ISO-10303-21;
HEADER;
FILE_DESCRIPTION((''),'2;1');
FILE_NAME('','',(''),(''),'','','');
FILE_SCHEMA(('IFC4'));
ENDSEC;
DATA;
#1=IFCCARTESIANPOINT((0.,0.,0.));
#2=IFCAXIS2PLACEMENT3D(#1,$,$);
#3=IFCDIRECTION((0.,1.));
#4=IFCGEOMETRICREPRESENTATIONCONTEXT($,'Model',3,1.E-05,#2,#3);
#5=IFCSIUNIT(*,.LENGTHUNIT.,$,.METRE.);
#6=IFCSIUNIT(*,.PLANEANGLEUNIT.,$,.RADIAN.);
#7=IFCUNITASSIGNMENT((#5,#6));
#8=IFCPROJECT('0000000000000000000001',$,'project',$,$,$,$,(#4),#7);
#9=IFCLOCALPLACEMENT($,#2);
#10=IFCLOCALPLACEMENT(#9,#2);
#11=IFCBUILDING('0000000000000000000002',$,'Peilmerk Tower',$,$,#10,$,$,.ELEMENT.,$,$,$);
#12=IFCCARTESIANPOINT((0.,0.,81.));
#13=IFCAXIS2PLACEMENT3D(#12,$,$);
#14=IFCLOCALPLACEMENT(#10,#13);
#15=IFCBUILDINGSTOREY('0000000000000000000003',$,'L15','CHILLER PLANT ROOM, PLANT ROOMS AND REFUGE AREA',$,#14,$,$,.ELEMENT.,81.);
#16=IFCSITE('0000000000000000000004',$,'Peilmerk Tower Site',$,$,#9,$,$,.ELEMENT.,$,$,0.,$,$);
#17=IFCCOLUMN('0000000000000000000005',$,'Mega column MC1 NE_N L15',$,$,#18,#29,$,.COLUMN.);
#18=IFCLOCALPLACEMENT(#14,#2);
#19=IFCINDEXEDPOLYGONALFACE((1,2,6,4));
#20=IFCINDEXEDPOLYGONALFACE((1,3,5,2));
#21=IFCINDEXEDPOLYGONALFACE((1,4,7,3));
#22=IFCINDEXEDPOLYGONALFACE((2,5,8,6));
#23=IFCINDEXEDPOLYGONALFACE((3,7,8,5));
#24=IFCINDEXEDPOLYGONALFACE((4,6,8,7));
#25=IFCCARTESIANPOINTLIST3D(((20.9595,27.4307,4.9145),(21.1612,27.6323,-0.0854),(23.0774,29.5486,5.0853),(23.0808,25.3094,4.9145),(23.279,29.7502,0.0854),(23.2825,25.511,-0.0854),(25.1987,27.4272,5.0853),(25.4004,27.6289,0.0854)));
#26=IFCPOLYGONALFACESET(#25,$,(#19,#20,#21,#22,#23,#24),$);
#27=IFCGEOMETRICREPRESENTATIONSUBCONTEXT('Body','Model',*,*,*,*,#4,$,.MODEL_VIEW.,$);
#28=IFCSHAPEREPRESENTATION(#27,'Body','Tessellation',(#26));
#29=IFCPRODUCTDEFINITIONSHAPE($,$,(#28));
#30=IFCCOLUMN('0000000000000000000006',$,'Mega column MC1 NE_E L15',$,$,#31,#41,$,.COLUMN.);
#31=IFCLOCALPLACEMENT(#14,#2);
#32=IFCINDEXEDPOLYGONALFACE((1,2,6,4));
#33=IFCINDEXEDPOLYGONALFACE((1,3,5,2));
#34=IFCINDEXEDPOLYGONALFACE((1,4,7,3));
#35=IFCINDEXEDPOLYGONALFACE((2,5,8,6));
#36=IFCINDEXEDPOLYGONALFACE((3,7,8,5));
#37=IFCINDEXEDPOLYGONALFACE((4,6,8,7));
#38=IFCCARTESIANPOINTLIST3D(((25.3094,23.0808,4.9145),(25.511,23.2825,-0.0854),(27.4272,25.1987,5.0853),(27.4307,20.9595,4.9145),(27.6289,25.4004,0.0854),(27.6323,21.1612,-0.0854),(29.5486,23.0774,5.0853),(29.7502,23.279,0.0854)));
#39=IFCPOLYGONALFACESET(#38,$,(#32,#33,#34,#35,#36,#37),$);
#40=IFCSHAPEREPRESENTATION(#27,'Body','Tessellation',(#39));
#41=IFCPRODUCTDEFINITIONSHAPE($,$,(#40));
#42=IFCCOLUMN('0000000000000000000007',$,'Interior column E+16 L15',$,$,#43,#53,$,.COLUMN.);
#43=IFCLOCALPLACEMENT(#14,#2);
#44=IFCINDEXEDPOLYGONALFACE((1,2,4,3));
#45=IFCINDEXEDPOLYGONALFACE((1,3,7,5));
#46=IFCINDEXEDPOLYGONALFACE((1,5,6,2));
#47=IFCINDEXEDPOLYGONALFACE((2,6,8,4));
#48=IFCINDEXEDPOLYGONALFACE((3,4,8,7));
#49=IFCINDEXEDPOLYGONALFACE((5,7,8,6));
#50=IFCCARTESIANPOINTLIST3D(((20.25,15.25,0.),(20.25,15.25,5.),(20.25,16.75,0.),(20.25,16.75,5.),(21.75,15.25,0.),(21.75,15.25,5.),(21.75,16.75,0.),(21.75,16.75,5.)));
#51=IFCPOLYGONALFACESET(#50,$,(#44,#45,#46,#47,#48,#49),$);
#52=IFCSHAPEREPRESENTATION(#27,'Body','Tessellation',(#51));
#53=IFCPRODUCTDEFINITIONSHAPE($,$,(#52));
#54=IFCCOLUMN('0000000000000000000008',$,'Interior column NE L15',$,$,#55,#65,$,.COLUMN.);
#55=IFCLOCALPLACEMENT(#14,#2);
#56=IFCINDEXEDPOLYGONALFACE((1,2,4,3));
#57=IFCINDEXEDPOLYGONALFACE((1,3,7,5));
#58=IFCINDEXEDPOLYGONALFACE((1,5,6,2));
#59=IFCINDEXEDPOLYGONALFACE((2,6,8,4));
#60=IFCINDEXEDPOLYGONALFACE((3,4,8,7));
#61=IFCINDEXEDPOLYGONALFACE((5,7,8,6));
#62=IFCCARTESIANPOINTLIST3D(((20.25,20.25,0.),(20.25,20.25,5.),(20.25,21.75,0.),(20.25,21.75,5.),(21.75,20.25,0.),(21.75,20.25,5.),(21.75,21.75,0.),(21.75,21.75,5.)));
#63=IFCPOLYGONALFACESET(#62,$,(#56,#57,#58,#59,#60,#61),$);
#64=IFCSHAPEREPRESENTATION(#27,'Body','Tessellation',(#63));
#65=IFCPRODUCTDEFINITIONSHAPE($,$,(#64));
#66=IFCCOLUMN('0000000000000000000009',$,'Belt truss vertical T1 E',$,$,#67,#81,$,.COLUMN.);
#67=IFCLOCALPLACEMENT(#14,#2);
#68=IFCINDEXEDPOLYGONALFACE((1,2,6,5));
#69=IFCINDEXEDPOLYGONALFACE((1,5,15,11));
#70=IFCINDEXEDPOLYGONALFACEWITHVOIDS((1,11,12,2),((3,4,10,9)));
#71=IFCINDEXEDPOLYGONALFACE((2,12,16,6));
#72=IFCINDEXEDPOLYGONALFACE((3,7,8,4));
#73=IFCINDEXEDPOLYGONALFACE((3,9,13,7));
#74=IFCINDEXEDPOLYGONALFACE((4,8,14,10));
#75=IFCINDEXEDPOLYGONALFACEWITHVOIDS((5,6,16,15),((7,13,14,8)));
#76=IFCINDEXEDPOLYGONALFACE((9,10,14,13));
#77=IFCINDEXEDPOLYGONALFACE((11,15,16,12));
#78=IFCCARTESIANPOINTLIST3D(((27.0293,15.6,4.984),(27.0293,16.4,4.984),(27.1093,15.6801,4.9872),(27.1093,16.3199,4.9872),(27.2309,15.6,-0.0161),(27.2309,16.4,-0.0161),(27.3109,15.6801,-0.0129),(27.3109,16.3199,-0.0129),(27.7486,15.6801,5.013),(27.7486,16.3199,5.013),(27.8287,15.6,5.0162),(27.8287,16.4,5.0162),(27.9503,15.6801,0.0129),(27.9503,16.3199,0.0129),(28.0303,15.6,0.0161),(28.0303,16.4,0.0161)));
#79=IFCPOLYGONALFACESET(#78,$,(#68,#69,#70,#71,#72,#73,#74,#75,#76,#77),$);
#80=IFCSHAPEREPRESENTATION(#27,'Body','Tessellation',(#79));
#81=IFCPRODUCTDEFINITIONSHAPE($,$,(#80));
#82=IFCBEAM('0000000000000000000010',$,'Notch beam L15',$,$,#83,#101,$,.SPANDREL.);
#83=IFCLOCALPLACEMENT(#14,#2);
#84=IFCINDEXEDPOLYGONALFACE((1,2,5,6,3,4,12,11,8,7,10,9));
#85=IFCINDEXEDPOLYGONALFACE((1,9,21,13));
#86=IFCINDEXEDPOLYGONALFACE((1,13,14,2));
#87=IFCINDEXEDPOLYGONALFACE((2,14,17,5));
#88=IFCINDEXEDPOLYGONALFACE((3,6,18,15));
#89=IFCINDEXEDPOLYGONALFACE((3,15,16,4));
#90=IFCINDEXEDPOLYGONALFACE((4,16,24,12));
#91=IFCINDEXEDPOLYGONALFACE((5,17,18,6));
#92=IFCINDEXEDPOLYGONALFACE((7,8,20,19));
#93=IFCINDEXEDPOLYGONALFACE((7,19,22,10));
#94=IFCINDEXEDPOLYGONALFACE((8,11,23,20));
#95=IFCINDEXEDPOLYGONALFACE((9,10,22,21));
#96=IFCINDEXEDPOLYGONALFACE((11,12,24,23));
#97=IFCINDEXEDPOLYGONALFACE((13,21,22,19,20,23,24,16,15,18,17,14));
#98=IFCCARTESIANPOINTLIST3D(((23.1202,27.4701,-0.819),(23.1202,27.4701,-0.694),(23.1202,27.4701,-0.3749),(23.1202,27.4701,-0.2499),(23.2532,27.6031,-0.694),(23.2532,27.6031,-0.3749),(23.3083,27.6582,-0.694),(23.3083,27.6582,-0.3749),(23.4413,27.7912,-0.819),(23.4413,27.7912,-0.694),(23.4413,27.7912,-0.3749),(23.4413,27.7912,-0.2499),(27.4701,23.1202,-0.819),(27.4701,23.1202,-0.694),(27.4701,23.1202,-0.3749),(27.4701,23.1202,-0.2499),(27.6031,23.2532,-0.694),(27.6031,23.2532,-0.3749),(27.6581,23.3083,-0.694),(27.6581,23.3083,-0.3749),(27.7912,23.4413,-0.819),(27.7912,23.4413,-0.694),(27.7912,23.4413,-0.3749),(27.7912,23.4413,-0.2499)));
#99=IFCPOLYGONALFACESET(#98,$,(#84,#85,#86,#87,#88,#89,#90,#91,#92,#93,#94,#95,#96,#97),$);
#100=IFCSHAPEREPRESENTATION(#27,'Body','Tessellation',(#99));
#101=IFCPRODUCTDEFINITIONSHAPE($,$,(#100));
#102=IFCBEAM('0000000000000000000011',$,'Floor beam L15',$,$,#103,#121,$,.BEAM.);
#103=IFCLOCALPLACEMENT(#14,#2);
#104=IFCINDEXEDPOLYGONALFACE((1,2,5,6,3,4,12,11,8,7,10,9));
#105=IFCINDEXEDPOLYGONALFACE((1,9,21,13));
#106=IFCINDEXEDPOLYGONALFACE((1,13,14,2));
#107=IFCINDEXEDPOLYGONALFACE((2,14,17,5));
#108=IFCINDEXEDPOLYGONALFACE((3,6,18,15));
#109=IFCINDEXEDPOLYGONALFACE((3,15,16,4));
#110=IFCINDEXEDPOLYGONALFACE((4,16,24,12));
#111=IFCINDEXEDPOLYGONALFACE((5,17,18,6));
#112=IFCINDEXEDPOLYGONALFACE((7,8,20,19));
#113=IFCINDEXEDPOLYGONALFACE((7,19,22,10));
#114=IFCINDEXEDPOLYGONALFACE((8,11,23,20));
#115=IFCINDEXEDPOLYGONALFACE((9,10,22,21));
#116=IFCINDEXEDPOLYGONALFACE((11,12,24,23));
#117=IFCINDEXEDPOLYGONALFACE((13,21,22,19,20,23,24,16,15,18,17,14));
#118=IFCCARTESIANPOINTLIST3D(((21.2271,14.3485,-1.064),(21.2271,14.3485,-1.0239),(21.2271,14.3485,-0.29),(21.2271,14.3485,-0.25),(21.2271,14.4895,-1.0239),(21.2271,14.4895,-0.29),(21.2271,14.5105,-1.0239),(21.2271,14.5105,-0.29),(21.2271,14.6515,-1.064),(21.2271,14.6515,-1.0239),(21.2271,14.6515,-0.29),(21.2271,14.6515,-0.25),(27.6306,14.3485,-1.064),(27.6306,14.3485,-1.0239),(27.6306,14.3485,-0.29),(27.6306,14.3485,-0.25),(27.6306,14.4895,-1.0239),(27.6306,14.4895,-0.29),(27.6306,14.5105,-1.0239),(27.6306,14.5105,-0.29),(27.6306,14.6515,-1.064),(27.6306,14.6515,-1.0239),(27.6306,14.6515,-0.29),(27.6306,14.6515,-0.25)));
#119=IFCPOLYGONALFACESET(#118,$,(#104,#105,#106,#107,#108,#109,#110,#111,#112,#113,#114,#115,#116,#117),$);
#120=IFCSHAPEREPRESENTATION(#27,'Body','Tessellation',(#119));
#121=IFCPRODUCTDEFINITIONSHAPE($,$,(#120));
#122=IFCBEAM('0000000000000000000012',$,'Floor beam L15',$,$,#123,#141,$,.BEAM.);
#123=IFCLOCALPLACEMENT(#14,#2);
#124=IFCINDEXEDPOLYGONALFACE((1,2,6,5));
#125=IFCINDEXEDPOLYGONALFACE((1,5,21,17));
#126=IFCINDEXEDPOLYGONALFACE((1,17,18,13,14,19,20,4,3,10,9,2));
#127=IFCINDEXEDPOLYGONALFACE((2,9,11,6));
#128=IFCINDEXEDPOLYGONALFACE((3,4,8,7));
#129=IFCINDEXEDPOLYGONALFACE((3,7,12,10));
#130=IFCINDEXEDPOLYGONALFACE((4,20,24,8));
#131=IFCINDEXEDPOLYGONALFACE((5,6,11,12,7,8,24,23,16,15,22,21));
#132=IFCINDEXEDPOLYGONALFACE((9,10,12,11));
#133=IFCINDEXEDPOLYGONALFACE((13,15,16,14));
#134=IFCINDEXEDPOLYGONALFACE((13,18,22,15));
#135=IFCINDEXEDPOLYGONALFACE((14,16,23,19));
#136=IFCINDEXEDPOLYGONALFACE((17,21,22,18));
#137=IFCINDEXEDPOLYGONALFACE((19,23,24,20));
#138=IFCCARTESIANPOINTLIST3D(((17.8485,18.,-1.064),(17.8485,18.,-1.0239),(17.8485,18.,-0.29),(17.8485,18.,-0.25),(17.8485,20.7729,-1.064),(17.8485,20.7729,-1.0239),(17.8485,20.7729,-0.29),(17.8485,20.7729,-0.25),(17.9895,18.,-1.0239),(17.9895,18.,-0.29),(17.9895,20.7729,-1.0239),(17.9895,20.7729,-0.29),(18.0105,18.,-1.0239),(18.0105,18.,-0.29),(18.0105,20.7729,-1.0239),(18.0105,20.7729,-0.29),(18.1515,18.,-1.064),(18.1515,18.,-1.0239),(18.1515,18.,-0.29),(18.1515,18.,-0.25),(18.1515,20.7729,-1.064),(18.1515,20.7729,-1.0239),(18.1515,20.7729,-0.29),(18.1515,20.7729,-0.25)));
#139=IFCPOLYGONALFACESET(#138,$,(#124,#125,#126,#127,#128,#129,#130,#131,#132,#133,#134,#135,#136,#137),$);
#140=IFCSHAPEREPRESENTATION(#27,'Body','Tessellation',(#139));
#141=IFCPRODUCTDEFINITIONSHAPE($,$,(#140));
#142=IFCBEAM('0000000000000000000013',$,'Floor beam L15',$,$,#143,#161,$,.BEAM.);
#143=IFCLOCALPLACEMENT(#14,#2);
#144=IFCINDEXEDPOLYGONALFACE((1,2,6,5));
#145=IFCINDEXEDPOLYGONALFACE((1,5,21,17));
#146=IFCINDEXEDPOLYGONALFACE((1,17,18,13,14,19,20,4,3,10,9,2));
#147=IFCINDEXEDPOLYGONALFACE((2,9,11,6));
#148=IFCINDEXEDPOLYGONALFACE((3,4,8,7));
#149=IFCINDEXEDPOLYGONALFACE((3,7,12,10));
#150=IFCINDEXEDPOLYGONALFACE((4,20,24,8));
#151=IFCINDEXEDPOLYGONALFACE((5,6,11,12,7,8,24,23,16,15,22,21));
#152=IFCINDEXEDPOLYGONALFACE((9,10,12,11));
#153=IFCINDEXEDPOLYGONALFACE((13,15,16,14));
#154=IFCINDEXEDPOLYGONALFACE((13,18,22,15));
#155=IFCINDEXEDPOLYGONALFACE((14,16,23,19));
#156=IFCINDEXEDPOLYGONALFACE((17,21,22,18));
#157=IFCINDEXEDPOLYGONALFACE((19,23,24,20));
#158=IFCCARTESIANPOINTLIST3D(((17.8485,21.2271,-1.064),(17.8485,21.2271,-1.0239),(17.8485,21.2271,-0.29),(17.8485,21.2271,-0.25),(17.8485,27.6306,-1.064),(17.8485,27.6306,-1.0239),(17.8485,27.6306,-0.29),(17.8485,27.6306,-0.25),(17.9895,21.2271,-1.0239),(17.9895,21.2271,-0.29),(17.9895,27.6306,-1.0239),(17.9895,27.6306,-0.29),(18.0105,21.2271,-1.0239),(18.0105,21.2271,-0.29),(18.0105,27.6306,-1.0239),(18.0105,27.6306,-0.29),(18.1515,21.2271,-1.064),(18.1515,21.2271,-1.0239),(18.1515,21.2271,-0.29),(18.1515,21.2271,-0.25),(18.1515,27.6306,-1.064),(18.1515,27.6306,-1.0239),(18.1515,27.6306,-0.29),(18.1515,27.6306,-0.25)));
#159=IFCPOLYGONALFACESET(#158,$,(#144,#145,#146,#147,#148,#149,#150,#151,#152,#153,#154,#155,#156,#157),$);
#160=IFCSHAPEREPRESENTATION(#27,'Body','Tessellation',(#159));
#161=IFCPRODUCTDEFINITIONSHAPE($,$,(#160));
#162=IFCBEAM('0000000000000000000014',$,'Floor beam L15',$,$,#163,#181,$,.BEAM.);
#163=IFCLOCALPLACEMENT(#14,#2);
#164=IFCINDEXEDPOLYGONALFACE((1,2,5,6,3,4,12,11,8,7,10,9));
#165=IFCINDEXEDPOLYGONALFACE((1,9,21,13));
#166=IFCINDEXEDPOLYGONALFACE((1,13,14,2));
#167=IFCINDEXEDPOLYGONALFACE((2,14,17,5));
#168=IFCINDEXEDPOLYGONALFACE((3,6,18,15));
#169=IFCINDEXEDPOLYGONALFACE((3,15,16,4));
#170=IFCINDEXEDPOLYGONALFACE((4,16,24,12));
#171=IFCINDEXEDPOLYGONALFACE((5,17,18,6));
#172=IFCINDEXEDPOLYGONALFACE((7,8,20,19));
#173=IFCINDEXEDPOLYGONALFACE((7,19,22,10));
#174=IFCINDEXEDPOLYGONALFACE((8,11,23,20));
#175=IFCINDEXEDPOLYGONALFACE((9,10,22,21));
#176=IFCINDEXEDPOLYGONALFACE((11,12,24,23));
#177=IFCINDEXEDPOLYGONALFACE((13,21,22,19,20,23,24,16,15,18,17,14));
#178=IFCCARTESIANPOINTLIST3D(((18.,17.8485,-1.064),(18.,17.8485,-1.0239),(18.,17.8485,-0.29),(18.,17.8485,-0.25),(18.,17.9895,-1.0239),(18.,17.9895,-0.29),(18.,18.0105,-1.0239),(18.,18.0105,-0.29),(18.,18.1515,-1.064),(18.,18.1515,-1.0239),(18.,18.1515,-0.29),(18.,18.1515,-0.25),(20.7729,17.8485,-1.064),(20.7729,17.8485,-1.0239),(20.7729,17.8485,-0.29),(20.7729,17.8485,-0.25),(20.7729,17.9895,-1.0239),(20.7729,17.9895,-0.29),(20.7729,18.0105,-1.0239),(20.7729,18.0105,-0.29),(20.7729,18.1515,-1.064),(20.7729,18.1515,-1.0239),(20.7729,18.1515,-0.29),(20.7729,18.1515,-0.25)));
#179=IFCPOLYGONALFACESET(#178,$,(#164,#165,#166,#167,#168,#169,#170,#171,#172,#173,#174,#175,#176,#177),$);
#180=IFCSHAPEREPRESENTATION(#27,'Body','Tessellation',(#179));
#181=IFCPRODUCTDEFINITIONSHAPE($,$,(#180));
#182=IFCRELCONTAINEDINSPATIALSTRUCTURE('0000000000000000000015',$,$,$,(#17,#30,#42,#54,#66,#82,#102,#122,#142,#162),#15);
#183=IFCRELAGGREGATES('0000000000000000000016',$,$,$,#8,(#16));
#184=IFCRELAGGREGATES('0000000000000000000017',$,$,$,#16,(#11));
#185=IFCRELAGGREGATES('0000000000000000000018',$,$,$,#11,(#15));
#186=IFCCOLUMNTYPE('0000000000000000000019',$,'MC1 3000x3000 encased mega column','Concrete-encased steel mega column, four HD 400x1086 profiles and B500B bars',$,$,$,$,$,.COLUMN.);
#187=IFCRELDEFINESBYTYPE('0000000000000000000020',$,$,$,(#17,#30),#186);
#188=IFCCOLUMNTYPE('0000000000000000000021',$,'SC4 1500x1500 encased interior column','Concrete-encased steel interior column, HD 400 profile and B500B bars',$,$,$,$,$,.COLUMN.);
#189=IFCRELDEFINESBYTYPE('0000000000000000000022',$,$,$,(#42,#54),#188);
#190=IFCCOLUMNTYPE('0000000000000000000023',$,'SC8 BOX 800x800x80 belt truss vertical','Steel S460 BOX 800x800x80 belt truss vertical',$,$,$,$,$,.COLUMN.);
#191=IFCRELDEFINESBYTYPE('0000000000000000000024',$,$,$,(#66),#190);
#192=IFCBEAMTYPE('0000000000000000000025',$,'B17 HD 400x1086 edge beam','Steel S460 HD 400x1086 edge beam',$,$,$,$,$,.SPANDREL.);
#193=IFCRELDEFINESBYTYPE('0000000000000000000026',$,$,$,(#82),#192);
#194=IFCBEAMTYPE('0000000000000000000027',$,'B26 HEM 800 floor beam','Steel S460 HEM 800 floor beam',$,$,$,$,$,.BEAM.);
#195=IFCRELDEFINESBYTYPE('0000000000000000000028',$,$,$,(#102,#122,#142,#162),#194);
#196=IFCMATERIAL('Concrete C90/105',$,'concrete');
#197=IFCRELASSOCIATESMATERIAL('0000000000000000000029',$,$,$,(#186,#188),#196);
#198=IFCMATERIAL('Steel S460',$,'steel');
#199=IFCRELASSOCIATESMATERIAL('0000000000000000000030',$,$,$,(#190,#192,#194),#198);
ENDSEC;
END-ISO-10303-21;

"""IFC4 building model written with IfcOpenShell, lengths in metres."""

from ifc_helpers import new_model, si_unit, direction, frame, origin, origin_2d, place, context, subcontext, project, spatial, rectangle, hollow_rectangle, i_section, extrude, material, material_profile, profile_set, type_object, element, save


model = new_model("IFC4")

# Units and contexts
model_context = context("Model", 3, precision=1e-05, world=origin(), true_north=direction((0.0, 1.0)))
body_context = subcontext(model_context, "Body", "Model", "MODEL_VIEW")
ifc_project = project(units=[si_unit("LENGTHUNIT", "METRE"), si_unit("PLANEANGLEUNIT", "RADIAN")], contexts=[model_context])

# Site, building, storey
site_placement = place(None, origin())
site = spatial("IfcSite", under=ifc_project, at=site_placement, Name="Peilmerk Tower Site", CompositionType="ELEMENT", RefElevation=0.0)
building_placement = place(site_placement, origin())
building = spatial("IfcBuilding", under=site, at=building_placement, Name="Peilmerk Tower", CompositionType="ELEMENT")
storey_placement = place(building_placement, frame((0.0, 0.0, 81.0)))
storey = spatial("IfcBuildingStorey", under=building, at=storey_placement, Name="L15", Description="CHILLER PLANT ROOM, PLANT ROOMS AND REFUGE AREA", CompositionType="ELEMENT", Elevation=81.0)

# Columns
ifc_material_1 = material(Name="Concrete C90/105", Category="concrete")
ifc_material_profile_1 = material_profile(ifc_material_1, rectangle(XDim=3.0, YDim=3.0, at=origin_2d()), Name="RC 3000x3000")
ifc_profile_set_1 = profile_set([ifc_material_profile_1], Name="Concrete C90/105")
column_type_1 = type_object("IfcColumnType", Name="MC1 3000x3000 encased mega column", Description="Concrete-encased steel mega column, four HD 400x1086 profiles and B500B bars", PredefinedType="COLUMN", material=ifc_profile_set_1)
for number, where, z_axis, x_axis, name in (
    (1, (23.2808, 27.6306, 0.0), (-0.040267, -0.040267, 0.998377), (0.707107, -0.707107, 0.0), "Mega column MC1 NE_N L15"),
    (2, (27.6306, 23.2808, 0.0), (-0.040267, -0.040267, 0.998377), (0.707107, -0.707107, 0.0), "Mega column MC1 NE_E L15"),
):
    element("IfcColumn", number, at=place(storey_placement, frame(where, z_axis=z_axis, x_axis=x_axis)), inside=storey, type_object=column_type_1, Name=name, PredefinedType="COLUMN", context=body_context, shape_type="SweptSolid", body=[
        extrude(rectangle(XDim=3.0, YDim=3.0, at=origin_2d()), origin(), (0.0, 0.0, 1.0), 5.0081),
    ])
ifc_material_profile_2 = material_profile(ifc_material_1, rectangle(XDim=1.5, YDim=1.5, at=origin_2d()), Name="RC 1500x1500")
ifc_profile_set_2 = profile_set([ifc_material_profile_2], Name="Concrete C90/105")
column_type_2 = type_object("IfcColumnType", Name="SC4 1500x1500 encased interior column", Description="Concrete-encased steel interior column, HD 400 profile and B500B bars", PredefinedType="COLUMN", material=ifc_profile_set_2)
for number, where, z_axis, x_axis, name in (
    (3, (21.0, 16.0, 0.0), (0.0, 0.0, 1.0), (1.0, 0.0, 0.0), "Interior column E+16 L15"),
    (4, (21.0, 21.0, 0.0), (0.0, 0.0, 1.0), (1.0, 0.0, 0.0), "Interior column NE L15"),
):
    element("IfcColumn", number, at=place(storey_placement, frame(where, z_axis=z_axis, x_axis=x_axis)), inside=storey, type_object=column_type_2, Name=name, PredefinedType="COLUMN", context=body_context, shape_type="SweptSolid", body=[
        extrude(rectangle(XDim=1.5, YDim=1.5, at=origin_2d()), origin(), (0.0, 0.0, 1.0), 5.0),
    ])
ifc_material_2 = material(Name="Steel S460", Category="steel")
ifc_material_profile_3 = material_profile(ifc_material_2, hollow_rectangle(XDim=0.8, YDim=0.8, WallThickness=0.0801, at=origin_2d()), Name="BOX 800x800x80")
ifc_profile_set_3 = profile_set([ifc_material_profile_3], Name="Steel S460")
column_type_3 = type_object("IfcColumnType", Name="SC8 BOX 800x800x80 belt truss vertical", Description="Steel S460 BOX 800x800x80 belt truss vertical", PredefinedType="COLUMN", material=ifc_profile_set_3)
column_placement = place(storey_placement, frame((27.6306, 16.0, 0.0), z_axis=(-0.040299, 0.0, 0.999188), x_axis=(0.0, -1.0, 0.0)))
element("IfcColumn", 5, at=column_placement, inside=storey, type_object=column_type_3, Name="Belt truss vertical T1 E", PredefinedType="COLUMN", context=body_context, shape_type="SweptSolid", body=[
    extrude(hollow_rectangle(XDim=0.8, YDim=0.8, WallThickness=0.0801, at=origin_2d()), origin(), (0.0, 0.0, 1.0), 5.0042),
])

# Beams
ifc_material_profile_4 = material_profile(ifc_material_2, i_section(OverallWidth=0.4541, OverallDepth=0.5691, WebThickness=0.0779, FlangeThickness=0.125, at=origin_2d()), Name="HD 400x1086")
ifc_profile_set_4 = profile_set([ifc_material_profile_4], Name="Steel S460")
beam_type_1 = type_object("IfcBeamType", Name="B17 HD 400x1086 edge beam", Description="Steel S460 HD 400x1086 edge beam", PredefinedType="SPANDREL", material=ifc_profile_set_4)
beam_1_placement = place(storey_placement, frame((23.2808, 27.6306, -0.5344), z_axis=(0.707107, -0.707107, 0.0), x_axis=(0.707107, 0.707107, 0.0)))
element("IfcBeam", 6, at=beam_1_placement, inside=storey, type_object=beam_type_1, Name="Notch beam L15", PredefinedType="SPANDREL", context=body_context, shape_type="SweptSolid", body=[
    extrude(i_section(OverallWidth=0.4541, OverallDepth=0.5691, WebThickness=0.0779, FlangeThickness=0.125, at=origin_2d()), origin(), (0.0, 0.0, 1.0), 6.1516),
])
ifc_material_profile_5 = material_profile(ifc_material_2, i_section(OverallWidth=0.303, OverallDepth=0.814, WebThickness=0.021, FlangeThickness=0.04, at=origin_2d()), Name="HEM 800")
ifc_profile_set_5 = profile_set([ifc_material_profile_5], Name="Steel S460")
beam_type_2 = type_object("IfcBeamType", Name="B26 HEM 800 floor beam", Description="Steel S460 HEM 800 floor beam", PredefinedType="BEAM", material=ifc_profile_set_5)
beam_2_placement = place(storey_placement, frame((21.2271, 14.5, -0.657), z_axis=(1.0, 0.0, 0.0), x_axis=(0.0, 1.0, 0.0)))
element("IfcBeam", 7, at=beam_2_placement, inside=storey, type_object=beam_type_2, Name="Floor beam L15", PredefinedType="BEAM", context=body_context, shape_type="SweptSolid", body=[
    extrude(i_section(OverallWidth=0.303, OverallDepth=0.814, WebThickness=0.021, FlangeThickness=0.04, at=origin_2d()), origin(), (0.0, 0.0, 1.0), 6.4036),
])
beam_3_placement = place(storey_placement, frame((18.0, 18.0, -0.657), z_axis=(0.0, 1.0, 0.0), x_axis=(-1.0, 0.0, 0.0)))
element("IfcBeam", 8, at=beam_3_placement, inside=storey, type_object=beam_type_2, Name="Floor beam L15", PredefinedType="BEAM", context=body_context, shape_type="SweptSolid", body=[
    extrude(i_section(OverallWidth=0.303, OverallDepth=0.814, WebThickness=0.021, FlangeThickness=0.04, at=origin_2d()), origin(), (0.0, 0.0, 1.0), 2.7729),
])
beam_4_placement = place(storey_placement, frame((18.0, 21.2271, -0.657), z_axis=(0.0, 1.0, 0.0), x_axis=(-1.0, 0.0, 0.0)))
element("IfcBeam", 9, at=beam_4_placement, inside=storey, type_object=beam_type_2, Name="Floor beam L15", PredefinedType="BEAM", context=body_context, shape_type="SweptSolid", body=[
    extrude(i_section(OverallWidth=0.303, OverallDepth=0.814, WebThickness=0.021, FlangeThickness=0.04, at=origin_2d()), origin(), (0.0, 0.0, 1.0), 6.4036),
])
beam_5_placement = place(storey_placement, frame((18.0, 18.0, -0.657), z_axis=(1.0, 0.0, 0.0), x_axis=(0.0, 1.0, 0.0)))
element("IfcBeam", 10, at=beam_5_placement, inside=storey, type_object=beam_type_2, Name="Floor beam L15", PredefinedType="BEAM", context=body_context, shape_type="SweptSolid", body=[
    extrude(i_section(OverallWidth=0.303, OverallDepth=0.814, WebThickness=0.021, FlangeThickness=0.04, at=origin_2d()), origin(), (0.0, 0.0, 1.0), 2.7729),
])

save(model, "model.ifc")
